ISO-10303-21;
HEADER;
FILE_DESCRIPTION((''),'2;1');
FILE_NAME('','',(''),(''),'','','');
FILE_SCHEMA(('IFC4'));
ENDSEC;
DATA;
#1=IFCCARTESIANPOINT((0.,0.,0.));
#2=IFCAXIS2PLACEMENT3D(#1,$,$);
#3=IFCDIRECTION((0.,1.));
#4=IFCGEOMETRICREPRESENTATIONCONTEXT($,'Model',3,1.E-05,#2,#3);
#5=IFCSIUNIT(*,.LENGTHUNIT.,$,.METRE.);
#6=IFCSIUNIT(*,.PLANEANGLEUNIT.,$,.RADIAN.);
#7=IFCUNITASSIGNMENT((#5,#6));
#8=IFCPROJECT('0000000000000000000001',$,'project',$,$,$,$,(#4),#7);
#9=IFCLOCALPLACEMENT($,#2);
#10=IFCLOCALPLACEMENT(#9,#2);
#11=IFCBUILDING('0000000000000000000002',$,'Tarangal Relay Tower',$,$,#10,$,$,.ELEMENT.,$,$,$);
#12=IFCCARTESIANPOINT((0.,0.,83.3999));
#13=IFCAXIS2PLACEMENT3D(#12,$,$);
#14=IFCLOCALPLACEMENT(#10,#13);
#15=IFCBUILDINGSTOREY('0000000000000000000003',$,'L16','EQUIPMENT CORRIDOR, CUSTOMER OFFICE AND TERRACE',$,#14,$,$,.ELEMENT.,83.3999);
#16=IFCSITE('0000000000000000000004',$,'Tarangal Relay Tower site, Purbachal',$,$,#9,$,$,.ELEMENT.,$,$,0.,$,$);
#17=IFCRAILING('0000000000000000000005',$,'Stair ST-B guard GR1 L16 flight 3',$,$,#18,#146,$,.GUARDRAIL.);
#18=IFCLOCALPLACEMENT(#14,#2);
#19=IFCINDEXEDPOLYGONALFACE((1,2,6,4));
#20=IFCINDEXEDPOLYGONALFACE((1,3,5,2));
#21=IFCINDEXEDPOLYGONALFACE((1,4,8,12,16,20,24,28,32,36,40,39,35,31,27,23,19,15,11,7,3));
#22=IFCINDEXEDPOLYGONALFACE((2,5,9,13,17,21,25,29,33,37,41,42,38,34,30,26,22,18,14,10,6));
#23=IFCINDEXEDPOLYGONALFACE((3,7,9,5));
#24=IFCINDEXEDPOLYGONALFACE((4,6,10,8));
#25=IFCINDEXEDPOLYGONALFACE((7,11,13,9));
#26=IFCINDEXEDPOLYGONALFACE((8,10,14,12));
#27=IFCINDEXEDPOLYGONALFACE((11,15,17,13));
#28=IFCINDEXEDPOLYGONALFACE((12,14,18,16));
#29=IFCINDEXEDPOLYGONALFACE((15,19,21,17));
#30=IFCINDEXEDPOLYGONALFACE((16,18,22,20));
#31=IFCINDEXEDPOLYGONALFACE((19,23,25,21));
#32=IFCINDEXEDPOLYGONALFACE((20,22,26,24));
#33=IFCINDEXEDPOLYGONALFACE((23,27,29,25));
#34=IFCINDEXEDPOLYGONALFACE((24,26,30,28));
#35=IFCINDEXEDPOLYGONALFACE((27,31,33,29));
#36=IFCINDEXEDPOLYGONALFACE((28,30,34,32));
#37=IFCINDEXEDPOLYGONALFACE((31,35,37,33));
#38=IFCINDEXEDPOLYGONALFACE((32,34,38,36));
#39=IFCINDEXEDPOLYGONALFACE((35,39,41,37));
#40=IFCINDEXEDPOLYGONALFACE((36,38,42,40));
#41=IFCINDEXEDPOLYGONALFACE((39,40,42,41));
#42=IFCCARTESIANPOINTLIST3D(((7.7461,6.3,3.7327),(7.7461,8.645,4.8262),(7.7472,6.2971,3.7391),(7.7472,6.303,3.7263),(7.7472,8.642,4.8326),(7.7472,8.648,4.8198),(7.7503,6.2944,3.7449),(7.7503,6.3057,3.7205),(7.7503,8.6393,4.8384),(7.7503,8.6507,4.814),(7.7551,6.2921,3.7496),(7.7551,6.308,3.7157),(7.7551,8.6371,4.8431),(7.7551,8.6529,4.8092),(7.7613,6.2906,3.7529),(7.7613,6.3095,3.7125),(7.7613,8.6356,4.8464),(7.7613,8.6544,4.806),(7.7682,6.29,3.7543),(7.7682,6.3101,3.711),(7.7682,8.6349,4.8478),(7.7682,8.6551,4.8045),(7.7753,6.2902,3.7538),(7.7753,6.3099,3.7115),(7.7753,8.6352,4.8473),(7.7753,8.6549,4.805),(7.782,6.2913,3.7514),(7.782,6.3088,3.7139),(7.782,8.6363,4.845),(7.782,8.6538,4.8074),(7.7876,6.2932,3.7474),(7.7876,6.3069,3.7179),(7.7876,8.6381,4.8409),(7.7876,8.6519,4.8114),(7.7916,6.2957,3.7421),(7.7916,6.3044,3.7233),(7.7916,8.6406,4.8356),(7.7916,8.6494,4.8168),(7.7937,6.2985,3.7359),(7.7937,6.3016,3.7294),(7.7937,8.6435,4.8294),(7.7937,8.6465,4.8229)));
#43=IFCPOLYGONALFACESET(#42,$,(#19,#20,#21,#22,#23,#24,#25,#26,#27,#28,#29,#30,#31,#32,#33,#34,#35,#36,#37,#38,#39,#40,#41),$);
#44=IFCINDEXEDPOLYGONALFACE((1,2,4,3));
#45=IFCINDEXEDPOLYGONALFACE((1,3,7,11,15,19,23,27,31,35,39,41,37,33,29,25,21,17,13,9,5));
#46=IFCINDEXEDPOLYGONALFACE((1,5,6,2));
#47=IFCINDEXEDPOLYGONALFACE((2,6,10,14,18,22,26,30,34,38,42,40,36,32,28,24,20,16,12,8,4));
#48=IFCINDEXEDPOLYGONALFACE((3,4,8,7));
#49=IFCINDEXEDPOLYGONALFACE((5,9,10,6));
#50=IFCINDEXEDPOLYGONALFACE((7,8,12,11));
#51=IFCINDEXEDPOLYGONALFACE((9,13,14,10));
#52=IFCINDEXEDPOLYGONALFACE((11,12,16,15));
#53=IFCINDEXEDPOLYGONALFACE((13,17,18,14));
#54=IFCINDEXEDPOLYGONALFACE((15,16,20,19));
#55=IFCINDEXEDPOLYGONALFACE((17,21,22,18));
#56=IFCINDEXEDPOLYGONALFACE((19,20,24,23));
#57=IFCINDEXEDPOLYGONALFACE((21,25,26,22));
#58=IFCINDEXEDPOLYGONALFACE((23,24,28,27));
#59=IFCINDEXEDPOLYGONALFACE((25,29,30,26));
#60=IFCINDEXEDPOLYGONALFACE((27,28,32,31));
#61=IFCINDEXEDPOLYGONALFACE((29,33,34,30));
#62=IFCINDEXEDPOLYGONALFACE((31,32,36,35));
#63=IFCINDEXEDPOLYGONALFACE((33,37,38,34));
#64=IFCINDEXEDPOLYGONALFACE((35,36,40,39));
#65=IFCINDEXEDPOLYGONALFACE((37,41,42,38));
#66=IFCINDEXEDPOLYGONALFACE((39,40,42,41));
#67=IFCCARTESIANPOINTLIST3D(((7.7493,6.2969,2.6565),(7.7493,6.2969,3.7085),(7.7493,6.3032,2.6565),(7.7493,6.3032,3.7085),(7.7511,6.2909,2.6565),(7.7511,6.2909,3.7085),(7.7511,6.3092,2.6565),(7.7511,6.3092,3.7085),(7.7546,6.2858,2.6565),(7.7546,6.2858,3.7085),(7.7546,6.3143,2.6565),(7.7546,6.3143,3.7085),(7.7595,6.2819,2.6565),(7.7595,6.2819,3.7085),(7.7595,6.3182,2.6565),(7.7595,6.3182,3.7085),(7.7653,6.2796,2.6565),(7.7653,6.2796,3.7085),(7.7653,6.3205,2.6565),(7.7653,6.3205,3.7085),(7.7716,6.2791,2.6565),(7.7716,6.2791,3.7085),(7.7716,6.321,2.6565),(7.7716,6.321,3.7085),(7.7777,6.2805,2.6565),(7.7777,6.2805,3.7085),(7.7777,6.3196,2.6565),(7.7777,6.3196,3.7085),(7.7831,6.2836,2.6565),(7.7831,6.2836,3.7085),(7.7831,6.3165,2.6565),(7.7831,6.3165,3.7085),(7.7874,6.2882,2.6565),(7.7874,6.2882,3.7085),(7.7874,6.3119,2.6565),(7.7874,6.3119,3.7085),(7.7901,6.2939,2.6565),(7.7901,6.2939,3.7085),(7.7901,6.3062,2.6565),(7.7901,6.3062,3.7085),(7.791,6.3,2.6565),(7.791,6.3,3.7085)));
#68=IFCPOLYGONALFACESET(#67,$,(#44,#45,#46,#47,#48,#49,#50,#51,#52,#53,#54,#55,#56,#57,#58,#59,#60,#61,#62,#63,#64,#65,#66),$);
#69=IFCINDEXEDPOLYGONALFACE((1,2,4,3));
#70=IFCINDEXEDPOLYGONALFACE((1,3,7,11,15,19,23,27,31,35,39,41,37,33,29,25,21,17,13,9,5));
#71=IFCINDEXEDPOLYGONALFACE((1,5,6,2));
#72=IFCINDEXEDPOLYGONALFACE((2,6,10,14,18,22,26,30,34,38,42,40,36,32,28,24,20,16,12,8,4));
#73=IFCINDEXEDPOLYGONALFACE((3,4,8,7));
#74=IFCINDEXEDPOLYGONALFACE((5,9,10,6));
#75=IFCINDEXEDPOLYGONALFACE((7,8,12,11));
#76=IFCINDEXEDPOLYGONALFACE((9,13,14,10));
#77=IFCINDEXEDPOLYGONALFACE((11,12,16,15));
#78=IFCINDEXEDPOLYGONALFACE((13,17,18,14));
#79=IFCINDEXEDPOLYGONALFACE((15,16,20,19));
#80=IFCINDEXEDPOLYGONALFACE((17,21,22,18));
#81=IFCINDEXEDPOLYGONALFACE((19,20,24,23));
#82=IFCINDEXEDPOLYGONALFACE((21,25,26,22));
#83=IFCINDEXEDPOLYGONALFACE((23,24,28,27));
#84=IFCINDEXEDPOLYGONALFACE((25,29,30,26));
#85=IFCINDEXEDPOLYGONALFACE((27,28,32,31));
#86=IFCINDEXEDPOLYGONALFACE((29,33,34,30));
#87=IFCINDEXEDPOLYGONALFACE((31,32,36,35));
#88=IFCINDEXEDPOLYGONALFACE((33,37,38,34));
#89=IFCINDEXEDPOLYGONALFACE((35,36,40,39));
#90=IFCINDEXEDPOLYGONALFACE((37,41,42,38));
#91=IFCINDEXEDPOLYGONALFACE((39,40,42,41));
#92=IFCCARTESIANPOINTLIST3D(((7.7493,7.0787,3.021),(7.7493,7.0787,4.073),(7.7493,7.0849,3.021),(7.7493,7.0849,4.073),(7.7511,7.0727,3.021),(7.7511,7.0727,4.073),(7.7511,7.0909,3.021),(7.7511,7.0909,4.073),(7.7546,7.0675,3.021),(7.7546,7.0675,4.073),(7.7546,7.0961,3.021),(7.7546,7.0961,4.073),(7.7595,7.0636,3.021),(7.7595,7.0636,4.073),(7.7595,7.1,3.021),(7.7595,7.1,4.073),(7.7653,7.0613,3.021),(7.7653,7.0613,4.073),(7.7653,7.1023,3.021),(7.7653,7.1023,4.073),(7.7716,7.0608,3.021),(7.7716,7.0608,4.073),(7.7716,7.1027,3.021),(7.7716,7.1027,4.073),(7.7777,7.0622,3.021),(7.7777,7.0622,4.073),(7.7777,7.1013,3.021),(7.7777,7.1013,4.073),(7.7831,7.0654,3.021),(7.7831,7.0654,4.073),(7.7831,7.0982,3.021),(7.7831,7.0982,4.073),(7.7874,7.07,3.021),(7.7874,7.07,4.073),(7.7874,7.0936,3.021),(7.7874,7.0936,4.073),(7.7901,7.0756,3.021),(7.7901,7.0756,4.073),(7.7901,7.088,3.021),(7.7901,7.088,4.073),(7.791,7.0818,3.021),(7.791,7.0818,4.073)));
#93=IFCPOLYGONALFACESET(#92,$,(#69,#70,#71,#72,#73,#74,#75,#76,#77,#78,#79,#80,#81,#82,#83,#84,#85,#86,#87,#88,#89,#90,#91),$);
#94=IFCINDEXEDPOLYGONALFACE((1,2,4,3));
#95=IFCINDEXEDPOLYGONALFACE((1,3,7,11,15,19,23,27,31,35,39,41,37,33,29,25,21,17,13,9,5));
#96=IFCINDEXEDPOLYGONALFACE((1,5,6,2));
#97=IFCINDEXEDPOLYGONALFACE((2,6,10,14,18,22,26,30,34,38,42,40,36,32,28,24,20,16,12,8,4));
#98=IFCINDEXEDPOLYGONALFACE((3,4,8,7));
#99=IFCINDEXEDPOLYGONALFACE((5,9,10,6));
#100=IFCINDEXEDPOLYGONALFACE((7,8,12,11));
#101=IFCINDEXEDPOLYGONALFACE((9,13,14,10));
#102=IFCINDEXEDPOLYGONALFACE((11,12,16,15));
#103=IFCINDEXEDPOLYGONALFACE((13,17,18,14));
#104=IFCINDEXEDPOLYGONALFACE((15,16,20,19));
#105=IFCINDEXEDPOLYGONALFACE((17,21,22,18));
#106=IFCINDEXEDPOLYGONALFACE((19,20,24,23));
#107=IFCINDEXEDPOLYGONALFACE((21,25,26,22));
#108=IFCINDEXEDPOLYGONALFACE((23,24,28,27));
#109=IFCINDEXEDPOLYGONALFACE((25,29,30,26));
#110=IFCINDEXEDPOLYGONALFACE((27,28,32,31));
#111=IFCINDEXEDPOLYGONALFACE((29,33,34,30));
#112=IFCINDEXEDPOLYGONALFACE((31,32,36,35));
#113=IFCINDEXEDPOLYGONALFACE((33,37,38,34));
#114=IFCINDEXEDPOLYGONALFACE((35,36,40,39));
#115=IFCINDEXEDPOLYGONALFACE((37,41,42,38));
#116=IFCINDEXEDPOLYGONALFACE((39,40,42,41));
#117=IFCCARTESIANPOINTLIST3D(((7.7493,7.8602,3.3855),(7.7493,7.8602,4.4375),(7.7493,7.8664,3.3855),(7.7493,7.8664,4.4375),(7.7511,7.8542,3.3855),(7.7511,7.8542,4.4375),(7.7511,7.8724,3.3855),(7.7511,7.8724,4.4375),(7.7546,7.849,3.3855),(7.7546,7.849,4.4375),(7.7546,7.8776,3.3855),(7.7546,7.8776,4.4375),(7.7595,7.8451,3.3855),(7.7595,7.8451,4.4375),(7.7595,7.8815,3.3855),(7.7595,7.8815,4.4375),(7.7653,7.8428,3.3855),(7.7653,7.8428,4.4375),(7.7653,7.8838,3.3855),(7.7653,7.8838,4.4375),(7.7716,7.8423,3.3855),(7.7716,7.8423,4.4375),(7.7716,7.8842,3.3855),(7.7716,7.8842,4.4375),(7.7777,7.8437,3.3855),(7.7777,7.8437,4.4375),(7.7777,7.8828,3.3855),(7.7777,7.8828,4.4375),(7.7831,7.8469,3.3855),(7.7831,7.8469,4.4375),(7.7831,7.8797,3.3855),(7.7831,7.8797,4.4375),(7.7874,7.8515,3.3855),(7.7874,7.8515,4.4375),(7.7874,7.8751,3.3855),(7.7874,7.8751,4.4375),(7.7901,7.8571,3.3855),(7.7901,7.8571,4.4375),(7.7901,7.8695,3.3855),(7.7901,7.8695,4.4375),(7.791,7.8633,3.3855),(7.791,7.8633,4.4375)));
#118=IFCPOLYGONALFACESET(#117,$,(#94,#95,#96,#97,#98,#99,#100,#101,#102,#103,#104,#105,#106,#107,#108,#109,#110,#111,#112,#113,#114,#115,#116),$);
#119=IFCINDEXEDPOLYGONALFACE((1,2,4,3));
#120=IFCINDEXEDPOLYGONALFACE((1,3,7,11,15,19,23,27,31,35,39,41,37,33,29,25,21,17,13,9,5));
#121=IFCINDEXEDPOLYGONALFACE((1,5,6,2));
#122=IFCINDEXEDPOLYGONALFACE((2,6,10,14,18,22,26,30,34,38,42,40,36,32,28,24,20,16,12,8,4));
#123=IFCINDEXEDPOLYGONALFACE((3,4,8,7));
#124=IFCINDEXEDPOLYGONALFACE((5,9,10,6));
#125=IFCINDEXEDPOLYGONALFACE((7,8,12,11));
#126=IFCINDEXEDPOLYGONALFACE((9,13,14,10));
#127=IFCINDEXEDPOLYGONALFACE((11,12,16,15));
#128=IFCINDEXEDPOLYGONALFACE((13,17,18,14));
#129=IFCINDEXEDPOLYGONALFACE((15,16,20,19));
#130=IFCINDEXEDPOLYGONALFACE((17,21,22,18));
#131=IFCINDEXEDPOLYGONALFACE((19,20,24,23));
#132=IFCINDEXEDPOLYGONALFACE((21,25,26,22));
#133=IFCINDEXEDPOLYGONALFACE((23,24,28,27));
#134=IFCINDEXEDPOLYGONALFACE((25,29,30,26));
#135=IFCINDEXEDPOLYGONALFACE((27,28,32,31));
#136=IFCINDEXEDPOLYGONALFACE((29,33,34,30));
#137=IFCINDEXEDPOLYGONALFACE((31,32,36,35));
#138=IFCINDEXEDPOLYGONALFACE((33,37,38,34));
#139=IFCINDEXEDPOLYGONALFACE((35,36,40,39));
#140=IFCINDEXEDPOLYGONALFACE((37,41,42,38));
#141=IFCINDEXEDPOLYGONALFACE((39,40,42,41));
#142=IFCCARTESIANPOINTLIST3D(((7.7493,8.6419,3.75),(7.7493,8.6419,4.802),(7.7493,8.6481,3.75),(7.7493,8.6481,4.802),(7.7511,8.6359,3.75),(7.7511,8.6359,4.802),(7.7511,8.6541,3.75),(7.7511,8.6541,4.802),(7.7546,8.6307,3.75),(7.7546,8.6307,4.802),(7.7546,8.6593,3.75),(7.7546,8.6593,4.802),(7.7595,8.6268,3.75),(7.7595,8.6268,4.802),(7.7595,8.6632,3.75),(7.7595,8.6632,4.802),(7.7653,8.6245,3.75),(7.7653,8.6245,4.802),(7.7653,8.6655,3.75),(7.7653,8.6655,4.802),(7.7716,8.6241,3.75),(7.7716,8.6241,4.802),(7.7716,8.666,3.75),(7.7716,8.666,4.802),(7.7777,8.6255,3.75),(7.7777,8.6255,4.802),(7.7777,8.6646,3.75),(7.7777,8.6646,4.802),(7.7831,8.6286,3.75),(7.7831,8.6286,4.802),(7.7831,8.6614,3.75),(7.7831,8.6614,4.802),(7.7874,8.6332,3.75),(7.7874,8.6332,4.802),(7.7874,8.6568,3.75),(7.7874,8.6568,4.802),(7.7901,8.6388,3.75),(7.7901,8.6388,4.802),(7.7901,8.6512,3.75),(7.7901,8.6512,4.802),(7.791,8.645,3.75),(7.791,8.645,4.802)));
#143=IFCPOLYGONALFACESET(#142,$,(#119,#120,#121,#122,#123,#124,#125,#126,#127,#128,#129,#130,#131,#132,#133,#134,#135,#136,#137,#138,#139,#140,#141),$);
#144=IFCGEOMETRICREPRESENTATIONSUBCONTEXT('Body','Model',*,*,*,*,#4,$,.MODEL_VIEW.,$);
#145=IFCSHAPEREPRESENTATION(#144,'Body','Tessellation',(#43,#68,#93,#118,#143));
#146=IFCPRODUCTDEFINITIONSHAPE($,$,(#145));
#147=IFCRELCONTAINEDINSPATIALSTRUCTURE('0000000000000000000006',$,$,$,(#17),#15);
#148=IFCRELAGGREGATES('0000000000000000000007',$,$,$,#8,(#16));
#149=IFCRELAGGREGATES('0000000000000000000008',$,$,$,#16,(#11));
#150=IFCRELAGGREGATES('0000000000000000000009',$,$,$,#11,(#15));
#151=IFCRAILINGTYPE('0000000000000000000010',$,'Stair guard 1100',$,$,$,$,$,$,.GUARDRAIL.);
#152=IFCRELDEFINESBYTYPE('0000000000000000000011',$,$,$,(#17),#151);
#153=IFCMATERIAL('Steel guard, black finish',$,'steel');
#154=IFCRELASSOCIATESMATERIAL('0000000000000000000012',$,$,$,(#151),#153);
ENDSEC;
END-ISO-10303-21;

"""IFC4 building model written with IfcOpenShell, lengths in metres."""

from ifc_helpers import new_model, si_unit, direction, frame, origin, origin_2d, place, context, subcontext, project, spatial, circle, extrude, material, type_object, element, save


model = new_model("IFC4")

# Units and contexts
model_context = context("Model", 3, precision=1e-05, world=origin(), true_north=direction((0.0, 1.0)))
body_context = subcontext(model_context, "Body", "Model", "MODEL_VIEW")
ifc_project = project(units=[si_unit("LENGTHUNIT", "METRE"), si_unit("PLANEANGLEUNIT", "RADIAN")], contexts=[model_context])

# Site, building, storey
site_placement = place(None, origin())
site = spatial("IfcSite", under=ifc_project, at=site_placement, Name="Tarangal Relay Tower site, Purbachal", CompositionType="ELEMENT", RefElevation=0.0)
building_placement = place(site_placement, origin())
building = spatial("IfcBuilding", under=site, at=building_placement, Name="Tarangal Relay Tower", CompositionType="ELEMENT")
storey_placement = place(building_placement, frame((0.0, 0.0, 83.3999)))
storey = spatial("IfcBuildingStorey", under=building, at=storey_placement, Name="L16", Description="EQUIPMENT CORRIDOR, CUSTOMER OFFICE AND TERRACE", CompositionType="ELEMENT", Elevation=83.3999)

# Railing
ifc_material_1 = material(Name="Steel guard, black finish", Category="steel")
railing_type_1 = type_object("IfcRailingType", Name="Stair guard 1100", PredefinedType="GUARDRAIL", material=ifc_material_1)
railing_1_placement = place(storey_placement, frame((7.77, 6.3, 2.6565)))
element("IfcRailing", 1, at=railing_1_placement, inside=storey, type_object=railing_type_1, Name="Stair ST-B guard GR1 L16 flight 3", PredefinedType="GUARDRAIL", context=body_context, shape_type="SweptSolid", body=[
    extrude(circle(Radius=0.0239, at=origin_2d()), frame((0.0, 0.0, 1.0762), z_axis=(0.0, 0.906304, 0.422627), x_axis=(-1.0, 0.0, 0.0)), (0.0, 0.0, 1.0), 2.5874),
    extrude(circle(Radius=0.021, at=origin_2d()), origin(), (0.0, 0.0, 1.0), 1.052),
    extrude(circle(Radius=0.021, at=origin_2d()), frame((0.0, 0.7817, 0.3645)), (0.0, 0.0, 1.0), 1.052),
    extrude(circle(Radius=0.021, at=origin_2d()), frame((0.0, 1.5632, 0.729)), (0.0, 0.0, 1.0), 1.052),
    extrude(circle(Radius=0.021, at=origin_2d()), frame((0.0, 2.345, 1.0935)), (0.0, 0.0, 1.0), 1.052),
])

save(model, "model.ifc")
